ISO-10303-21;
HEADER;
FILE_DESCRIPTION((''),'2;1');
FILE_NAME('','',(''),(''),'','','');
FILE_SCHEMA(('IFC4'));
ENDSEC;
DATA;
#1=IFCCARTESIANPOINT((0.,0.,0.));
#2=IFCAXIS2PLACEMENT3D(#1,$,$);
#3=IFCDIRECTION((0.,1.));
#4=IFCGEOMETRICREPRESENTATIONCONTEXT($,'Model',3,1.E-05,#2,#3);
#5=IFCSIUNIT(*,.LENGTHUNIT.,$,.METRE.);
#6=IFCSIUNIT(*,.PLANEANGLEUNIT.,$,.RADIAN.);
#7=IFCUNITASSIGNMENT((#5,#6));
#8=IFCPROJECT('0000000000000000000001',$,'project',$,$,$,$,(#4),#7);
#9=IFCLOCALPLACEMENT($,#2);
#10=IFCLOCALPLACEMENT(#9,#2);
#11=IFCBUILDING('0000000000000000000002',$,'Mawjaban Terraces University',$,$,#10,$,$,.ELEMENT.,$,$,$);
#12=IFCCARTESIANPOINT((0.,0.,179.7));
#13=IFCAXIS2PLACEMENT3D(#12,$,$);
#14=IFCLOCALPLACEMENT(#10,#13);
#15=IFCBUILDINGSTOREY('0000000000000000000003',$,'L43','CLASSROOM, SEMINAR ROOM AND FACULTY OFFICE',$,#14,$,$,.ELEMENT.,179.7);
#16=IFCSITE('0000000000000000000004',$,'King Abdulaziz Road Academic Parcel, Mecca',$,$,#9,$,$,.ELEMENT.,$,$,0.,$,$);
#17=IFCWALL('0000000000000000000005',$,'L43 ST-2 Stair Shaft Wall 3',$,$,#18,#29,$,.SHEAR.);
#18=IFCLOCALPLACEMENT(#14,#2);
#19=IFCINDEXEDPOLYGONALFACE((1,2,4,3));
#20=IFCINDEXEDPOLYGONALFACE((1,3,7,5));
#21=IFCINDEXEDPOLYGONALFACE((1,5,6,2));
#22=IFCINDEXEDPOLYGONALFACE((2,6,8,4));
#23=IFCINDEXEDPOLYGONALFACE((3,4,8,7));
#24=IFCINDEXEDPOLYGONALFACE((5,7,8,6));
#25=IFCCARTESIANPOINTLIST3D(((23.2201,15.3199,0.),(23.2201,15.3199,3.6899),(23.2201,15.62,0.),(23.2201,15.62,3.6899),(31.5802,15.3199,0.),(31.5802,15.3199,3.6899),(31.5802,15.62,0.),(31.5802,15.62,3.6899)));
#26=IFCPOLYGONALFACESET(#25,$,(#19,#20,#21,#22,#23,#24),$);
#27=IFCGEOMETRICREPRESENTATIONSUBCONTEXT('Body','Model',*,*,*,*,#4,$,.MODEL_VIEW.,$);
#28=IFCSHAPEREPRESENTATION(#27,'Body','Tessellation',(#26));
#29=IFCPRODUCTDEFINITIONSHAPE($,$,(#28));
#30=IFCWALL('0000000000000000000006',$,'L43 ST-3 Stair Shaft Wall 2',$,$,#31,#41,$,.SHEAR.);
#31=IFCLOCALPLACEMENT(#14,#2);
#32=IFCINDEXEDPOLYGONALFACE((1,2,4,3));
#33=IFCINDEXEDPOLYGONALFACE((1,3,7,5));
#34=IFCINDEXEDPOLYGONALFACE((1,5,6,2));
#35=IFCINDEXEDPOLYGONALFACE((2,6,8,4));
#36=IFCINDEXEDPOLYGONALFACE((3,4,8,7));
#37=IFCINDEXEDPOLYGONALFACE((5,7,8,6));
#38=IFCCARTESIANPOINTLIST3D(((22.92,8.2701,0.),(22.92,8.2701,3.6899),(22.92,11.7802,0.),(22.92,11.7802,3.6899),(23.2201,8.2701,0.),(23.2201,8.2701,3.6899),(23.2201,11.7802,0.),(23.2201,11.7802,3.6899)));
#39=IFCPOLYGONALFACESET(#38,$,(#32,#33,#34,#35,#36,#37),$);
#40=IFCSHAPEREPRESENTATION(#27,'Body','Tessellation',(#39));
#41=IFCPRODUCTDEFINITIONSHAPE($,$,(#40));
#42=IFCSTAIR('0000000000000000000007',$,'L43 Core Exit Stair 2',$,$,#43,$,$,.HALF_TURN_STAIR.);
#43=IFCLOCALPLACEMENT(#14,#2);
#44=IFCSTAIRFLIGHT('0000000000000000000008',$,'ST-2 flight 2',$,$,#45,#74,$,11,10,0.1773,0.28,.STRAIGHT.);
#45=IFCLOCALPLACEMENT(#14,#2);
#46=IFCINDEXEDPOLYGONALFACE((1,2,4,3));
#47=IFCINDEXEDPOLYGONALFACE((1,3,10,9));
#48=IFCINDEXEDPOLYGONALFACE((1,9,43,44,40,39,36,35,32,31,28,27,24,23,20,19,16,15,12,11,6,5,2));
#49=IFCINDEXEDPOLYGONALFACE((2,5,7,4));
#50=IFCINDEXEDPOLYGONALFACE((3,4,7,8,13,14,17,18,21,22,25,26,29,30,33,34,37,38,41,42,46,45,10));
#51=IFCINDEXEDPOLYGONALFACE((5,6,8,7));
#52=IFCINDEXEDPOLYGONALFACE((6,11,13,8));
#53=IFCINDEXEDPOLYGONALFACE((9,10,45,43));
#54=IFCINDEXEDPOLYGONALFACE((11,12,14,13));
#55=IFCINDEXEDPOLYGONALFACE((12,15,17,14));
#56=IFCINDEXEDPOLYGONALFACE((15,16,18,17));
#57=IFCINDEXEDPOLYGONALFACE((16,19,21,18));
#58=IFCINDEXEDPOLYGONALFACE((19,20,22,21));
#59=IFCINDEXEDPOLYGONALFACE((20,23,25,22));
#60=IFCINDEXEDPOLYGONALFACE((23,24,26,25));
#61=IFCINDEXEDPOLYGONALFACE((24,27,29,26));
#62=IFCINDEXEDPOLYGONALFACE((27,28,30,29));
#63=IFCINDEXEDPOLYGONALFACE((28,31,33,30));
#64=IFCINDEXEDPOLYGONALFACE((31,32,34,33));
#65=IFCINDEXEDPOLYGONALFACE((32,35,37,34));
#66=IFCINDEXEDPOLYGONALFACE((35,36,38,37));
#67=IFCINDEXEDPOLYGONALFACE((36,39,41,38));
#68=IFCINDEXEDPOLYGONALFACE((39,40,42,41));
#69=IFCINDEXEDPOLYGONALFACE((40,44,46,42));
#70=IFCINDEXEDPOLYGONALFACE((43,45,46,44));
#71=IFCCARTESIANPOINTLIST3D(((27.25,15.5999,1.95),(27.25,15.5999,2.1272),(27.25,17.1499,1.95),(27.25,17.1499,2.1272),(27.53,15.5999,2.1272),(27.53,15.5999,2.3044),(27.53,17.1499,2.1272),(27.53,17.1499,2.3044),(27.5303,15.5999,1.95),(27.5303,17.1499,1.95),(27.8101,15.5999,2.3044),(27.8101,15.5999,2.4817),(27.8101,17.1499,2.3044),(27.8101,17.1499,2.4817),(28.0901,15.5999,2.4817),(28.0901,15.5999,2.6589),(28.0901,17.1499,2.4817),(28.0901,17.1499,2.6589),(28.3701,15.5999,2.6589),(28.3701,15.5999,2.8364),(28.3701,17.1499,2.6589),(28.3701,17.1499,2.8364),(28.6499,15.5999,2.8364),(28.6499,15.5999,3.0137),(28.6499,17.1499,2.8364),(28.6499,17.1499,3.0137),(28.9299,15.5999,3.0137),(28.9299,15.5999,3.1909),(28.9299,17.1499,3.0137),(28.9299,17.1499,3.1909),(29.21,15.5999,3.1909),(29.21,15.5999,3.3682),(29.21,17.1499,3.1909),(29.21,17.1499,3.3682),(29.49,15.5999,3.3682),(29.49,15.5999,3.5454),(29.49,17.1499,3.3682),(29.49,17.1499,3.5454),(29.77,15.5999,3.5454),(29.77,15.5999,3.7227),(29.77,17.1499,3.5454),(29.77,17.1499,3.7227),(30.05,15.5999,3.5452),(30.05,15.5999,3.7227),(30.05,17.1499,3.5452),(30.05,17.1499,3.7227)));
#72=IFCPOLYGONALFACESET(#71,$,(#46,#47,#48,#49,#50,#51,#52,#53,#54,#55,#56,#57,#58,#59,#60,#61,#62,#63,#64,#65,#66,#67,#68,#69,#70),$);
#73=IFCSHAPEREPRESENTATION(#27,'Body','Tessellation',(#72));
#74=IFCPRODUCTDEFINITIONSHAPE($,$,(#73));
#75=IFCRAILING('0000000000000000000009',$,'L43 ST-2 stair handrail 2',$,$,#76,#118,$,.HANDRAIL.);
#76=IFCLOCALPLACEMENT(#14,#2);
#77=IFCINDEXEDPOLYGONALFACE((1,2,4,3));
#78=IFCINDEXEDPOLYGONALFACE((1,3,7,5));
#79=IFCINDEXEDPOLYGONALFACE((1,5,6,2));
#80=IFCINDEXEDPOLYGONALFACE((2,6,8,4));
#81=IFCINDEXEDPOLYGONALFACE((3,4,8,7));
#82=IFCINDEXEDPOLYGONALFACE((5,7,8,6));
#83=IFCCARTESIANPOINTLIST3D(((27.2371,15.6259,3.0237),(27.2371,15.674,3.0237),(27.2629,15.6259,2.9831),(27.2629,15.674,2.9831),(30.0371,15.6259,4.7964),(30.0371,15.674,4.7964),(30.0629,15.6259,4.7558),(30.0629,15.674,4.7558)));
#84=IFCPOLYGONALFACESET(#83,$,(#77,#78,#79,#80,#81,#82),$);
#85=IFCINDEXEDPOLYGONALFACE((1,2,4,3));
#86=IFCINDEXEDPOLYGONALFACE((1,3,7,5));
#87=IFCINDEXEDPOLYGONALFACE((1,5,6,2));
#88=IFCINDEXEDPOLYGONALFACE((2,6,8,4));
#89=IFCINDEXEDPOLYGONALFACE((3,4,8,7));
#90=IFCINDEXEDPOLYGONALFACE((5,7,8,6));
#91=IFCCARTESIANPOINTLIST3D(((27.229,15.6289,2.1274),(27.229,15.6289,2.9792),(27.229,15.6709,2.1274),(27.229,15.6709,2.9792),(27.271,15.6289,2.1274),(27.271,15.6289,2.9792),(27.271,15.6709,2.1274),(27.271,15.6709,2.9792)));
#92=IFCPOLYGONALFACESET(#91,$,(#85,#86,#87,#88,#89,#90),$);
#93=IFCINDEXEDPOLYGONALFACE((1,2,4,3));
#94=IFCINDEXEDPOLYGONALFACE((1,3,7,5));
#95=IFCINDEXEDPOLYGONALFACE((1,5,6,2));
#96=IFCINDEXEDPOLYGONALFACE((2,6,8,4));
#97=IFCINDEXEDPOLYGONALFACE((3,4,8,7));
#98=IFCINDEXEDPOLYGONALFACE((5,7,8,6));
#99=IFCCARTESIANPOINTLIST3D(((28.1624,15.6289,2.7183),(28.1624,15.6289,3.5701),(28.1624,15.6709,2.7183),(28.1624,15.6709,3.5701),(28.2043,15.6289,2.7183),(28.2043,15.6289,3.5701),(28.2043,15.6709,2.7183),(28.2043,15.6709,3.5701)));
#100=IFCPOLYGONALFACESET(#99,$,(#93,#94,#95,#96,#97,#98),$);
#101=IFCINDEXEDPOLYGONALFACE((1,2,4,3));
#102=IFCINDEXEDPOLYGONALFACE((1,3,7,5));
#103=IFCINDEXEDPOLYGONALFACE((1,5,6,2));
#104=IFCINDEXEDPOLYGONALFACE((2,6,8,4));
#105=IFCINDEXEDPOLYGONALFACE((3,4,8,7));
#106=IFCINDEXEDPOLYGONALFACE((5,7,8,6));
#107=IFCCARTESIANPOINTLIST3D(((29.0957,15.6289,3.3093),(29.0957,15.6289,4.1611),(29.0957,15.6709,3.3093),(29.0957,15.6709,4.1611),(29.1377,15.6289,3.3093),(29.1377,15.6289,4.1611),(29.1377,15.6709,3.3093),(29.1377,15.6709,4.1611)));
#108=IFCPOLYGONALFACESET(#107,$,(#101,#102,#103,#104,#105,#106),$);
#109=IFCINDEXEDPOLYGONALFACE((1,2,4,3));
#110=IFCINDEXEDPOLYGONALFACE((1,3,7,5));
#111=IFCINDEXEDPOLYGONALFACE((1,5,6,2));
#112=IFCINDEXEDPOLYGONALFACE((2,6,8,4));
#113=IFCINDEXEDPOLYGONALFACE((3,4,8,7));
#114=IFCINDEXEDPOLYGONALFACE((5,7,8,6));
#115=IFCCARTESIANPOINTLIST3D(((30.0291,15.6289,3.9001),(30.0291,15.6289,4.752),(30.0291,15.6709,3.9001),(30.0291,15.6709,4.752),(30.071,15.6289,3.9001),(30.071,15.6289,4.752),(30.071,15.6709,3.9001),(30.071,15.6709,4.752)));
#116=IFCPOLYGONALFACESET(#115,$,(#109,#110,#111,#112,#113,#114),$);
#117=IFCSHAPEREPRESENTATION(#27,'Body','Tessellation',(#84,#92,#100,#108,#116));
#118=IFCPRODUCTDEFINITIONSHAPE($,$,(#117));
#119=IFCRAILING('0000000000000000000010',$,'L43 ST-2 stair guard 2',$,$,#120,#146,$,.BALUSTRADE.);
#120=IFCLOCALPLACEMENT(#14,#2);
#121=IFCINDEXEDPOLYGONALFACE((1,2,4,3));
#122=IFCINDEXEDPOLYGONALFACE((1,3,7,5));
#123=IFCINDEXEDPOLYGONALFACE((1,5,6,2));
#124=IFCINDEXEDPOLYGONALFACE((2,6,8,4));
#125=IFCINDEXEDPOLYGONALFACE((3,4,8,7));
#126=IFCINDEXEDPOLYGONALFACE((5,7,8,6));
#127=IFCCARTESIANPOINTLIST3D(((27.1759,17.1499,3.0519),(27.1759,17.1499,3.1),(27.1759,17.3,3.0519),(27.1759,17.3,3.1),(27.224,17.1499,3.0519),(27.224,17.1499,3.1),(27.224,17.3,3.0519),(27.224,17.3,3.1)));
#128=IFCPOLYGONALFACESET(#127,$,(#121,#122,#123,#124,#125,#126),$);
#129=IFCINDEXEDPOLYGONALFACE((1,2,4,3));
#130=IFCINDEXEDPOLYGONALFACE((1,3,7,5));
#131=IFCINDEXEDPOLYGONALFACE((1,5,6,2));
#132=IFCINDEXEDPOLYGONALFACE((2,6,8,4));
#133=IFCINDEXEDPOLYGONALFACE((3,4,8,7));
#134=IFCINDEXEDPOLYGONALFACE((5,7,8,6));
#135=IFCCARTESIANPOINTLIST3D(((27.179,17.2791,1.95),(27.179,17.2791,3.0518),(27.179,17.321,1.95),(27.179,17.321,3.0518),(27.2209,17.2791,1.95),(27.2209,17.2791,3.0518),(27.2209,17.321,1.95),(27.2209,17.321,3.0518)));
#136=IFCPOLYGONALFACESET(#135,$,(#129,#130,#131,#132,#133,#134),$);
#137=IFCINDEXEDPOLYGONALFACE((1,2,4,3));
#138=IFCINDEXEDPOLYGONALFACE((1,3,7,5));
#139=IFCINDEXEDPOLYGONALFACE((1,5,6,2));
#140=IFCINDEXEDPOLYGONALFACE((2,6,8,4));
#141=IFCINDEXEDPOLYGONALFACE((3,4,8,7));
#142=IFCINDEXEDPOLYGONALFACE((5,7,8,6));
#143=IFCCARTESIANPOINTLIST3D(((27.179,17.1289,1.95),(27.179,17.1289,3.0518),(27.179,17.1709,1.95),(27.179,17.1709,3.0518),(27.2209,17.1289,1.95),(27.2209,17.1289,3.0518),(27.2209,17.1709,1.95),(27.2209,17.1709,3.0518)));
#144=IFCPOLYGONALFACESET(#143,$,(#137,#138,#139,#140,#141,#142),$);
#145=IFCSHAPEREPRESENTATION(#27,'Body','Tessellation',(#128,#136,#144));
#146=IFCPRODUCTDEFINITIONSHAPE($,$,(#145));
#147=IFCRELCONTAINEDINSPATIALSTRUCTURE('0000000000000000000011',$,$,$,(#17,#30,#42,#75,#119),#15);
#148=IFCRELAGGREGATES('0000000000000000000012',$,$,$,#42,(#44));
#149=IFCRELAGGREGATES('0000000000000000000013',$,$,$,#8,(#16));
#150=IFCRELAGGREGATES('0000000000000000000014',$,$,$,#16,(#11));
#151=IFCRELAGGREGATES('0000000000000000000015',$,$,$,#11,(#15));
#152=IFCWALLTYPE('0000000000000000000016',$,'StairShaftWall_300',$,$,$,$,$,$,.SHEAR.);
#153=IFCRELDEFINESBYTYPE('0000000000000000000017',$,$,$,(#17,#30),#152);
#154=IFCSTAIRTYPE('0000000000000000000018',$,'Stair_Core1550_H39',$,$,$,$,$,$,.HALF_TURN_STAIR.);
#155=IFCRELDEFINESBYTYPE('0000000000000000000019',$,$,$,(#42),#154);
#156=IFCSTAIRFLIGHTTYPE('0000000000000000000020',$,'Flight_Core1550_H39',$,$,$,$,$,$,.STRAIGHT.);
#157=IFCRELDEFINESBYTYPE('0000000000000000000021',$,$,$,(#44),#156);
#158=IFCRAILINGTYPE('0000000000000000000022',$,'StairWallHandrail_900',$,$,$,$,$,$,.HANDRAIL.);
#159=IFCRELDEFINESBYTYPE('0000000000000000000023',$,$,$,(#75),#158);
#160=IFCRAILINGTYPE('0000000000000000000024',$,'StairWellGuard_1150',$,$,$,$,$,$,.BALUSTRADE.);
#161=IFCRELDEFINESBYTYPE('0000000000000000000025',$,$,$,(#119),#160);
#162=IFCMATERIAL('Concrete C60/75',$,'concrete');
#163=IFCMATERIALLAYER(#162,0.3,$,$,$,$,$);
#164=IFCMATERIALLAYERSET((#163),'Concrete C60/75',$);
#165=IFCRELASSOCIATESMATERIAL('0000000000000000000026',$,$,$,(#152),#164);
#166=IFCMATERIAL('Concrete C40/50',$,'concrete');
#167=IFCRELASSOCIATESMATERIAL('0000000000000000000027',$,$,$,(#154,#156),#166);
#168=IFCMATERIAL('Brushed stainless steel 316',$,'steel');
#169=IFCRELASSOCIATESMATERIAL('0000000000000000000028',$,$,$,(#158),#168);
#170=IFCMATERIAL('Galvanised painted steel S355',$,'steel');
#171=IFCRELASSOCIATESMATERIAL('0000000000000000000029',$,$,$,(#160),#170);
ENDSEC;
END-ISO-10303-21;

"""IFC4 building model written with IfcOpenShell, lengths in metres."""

from ifc_helpers import new_model, si_unit, direction, frame, frame_2d, origin, origin_2d, place, context, subcontext, project, spatial, polyline, rectangle, outline, extrude, material, layer, layer_set, type_object, element, aggregate, save


model = new_model("IFC4")

# Units and contexts
model_context = context("Model", 3, precision=1e-05, world=origin(), true_north=direction((0.0, 1.0)))
body_context = subcontext(model_context, "Body", "Model", "MODEL_VIEW")
ifc_project = project(units=[si_unit("LENGTHUNIT", "METRE"), si_unit("PLANEANGLEUNIT", "RADIAN")], contexts=[model_context])

# Site, building, storey
site_placement = place(None, origin())
site = spatial("IfcSite", under=ifc_project, at=site_placement, Name="King Abdulaziz Road Academic Parcel, Mecca", CompositionType="ELEMENT", RefElevation=0.0)
building_placement = place(site_placement, origin())
building = spatial("IfcBuilding", under=site, at=building_placement, Name="Mawjaban Terraces University", CompositionType="ELEMENT")
storey_placement = place(building_placement, frame((0.0, 0.0, 179.7)))
storey = spatial("IfcBuildingStorey", under=building, at=storey_placement, Name="L43", Description="CLASSROOM, SEMINAR ROOM AND FACULTY OFFICE", CompositionType="ELEMENT", Elevation=179.7)

# Shared definitions
ifc_material_1 = material(Name="Concrete C60/75", Category="concrete")

# Walls
ifc_material_2 = material(Name="Concrete C40/50", Category="concrete")
ifc_layer_1 = layer(ifc_material_1, 0.3)
ifc_layer_set_1 = layer_set([ifc_layer_1], Name="Concrete C60/75")
wall_type_1 = type_object("IfcWallType", Name="StairShaftWall_300", PredefinedType="SHEAR", material=ifc_layer_set_1)
wall_1_placement = place(storey_placement, frame((23.22, 15.47, 0.0), z_axis=(0.0, 0.0, 1.0), x_axis=(1.0, 0.0, 0.0)))
element("IfcWall", 1, at=wall_1_placement, inside=storey, type_object=wall_type_1, Name="L43 ST-2 Stair Shaft Wall 3", PredefinedType="SHEAR", context=body_context, shape_type="SweptSolid", body=[
    extrude(rectangle(XDim=8.3601, YDim=0.3, at=frame_2d((4.1802, 0.0))), origin(), (0.0, 0.0, 1.0), 3.6899),
])
wall_2_placement = place(storey_placement, frame((23.0701, 11.78, 0.0), z_axis=(0.0, 0.0, 1.0), x_axis=(0.0, -1.0, 0.0)))
element("IfcWall", 2, at=wall_2_placement, inside=storey, type_object=wall_type_1, Name="L43 ST-3 Stair Shaft Wall 2", PredefinedType="SHEAR", context=body_context, shape_type="SweptSolid", body=[
    extrude(rectangle(XDim=3.51, YDim=0.3, at=frame_2d((1.7549, 0.0))), origin(), (0.0, 0.0, 1.0), 3.6899),
])

# Stair, stair flight
stair_type = type_object("IfcStairType", Name="Stair_Core1550_H39", PredefinedType="HALF_TURN_STAIR", material=ifc_material_2)
stair_placement = place(storey_placement, origin())
stair = element("IfcStair", 3, at=stair_placement, inside=storey, type_object=stair_type, Name="L43 Core Exit Stair 2", PredefinedType="HALF_TURN_STAIR")
stair_flight_type = type_object("IfcStairFlightType", Name="Flight_Core1550_H39", PredefinedType="STRAIGHT", material=ifc_material_2)
stair_flight_placement = place(storey_placement, frame((27.25, 16.375, 1.95), z_axis=(0.0, 0.0, 1.0), x_axis=(1.0, 0.0, 0.0)))
stair_flight = element("IfcStairFlight", 4, at=stair_flight_placement, type_object=stair_flight_type, Name="ST-2 flight 2", NumberOfRisers=11, NumberOfTreads=10, PredefinedType="STRAIGHT", RiserHeight=0.1773, TreadLength=0.28, context=body_context, shape_type="SweptSolid", body=[
    extrude(outline(polyline([(0.0, 0.0), (0.0, 0.1772), (0.28, 0.1772), (0.28, 0.3545), (0.5601, 0.3545), (0.5601, 0.5317), (0.8401, 0.5317), (0.8401, 0.709), (1.1201, 0.709), (1.1201, 0.8865), (1.3999, 0.8865), (1.3999, 1.0637), (1.6799, 1.0637), (1.6799, 1.241), (1.96, 1.241), (1.96, 1.4182), (2.24, 1.4182), (2.24, 1.5955), (2.52, 1.5955), (2.52, 1.7727), (2.8, 1.7727), (2.8, 1.95), (2.8, 1.5952), (0.2803, 0.0), (0.0, 0.0)])), frame((0.0, 0.7749, 0.0), z_axis=(0.0, -1.0, 0.0), x_axis=(1.0, 0.0, 0.0)), (0.0, 0.0, 1.0), 1.55),
])
aggregate(stair, [stair_flight])

# Railings
ifc_material_3 = material(Name="Brushed stainless steel 316", Category="steel")
railing_type_1 = type_object("IfcRailingType", Name="StairWallHandrail_900", PredefinedType="HANDRAIL", material=ifc_material_3)
railing_1_placement = place(storey_placement, frame((27.25, 15.6499, 2.1274)))
element("IfcRailing", 5, at=railing_1_placement, inside=storey, type_object=railing_type_1, Name="L43 ST-2 stair handrail 2", PredefinedType="HANDRAIL", context=body_context, shape_type="SweptSolid", body=[
    extrude(rectangle(XDim=0.0481, YDim=0.0481, at=origin_2d()), frame((0.0, 0.0, 0.876), z_axis=(0.844909, 0.0, 0.53491), x_axis=(0.0, 1.0, 0.0)), (0.0, 0.0, 1.0), 3.314),
    extrude(rectangle(XDim=0.042, YDim=0.042, at=origin_2d()), origin(), (0.0, 0.0, 1.0), 0.8518),
    extrude(rectangle(XDim=0.042, YDim=0.042, at=origin_2d()), frame((0.9333, 0.0, 0.5908)), (0.0, 0.0, 1.0), 0.8518),
    extrude(rectangle(XDim=0.042, YDim=0.042, at=origin_2d()), frame((1.8667, 0.0, 1.1819)), (0.0, 0.0, 1.0), 0.8518),
    extrude(rectangle(XDim=0.042, YDim=0.042, at=origin_2d()), frame((2.8, 0.0, 1.7727)), (0.0, 0.0, 1.0), 0.8518),
])
ifc_material_4 = material(Name="Galvanised painted steel S355", Category="steel")
railing_type_2 = type_object("IfcRailingType", Name="StairWellGuard_1150", PredefinedType="BALUSTRADE", material=ifc_material_4)
railing_2_placement = place(storey_placement, frame((27.2, 17.3, 1.95)))
element("IfcRailing", 6, at=railing_2_placement, inside=storey, type_object=railing_type_2, Name="L43 ST-2 stair guard 2", PredefinedType="BALUSTRADE", context=body_context, shape_type="SweptSolid", body=[
    extrude(rectangle(XDim=0.0481, YDim=0.0481, at=origin_2d()), frame((0.0, 0.0, 1.126), z_axis=(0.0, -1.0, 0.0), x_axis=(1.0, 0.0, 0.0)), (0.0, 0.0, 1.0), 0.1501),
    extrude(rectangle(XDim=0.042, YDim=0.042, at=origin_2d()), origin(), (0.0, 0.0, 1.0), 1.1018),
    extrude(rectangle(XDim=0.042, YDim=0.042, at=origin_2d()), frame((0.0, -0.1501, 0.0)), (0.0, 0.0, 1.0), 1.1018),
])

save(model, "model.ifc")
